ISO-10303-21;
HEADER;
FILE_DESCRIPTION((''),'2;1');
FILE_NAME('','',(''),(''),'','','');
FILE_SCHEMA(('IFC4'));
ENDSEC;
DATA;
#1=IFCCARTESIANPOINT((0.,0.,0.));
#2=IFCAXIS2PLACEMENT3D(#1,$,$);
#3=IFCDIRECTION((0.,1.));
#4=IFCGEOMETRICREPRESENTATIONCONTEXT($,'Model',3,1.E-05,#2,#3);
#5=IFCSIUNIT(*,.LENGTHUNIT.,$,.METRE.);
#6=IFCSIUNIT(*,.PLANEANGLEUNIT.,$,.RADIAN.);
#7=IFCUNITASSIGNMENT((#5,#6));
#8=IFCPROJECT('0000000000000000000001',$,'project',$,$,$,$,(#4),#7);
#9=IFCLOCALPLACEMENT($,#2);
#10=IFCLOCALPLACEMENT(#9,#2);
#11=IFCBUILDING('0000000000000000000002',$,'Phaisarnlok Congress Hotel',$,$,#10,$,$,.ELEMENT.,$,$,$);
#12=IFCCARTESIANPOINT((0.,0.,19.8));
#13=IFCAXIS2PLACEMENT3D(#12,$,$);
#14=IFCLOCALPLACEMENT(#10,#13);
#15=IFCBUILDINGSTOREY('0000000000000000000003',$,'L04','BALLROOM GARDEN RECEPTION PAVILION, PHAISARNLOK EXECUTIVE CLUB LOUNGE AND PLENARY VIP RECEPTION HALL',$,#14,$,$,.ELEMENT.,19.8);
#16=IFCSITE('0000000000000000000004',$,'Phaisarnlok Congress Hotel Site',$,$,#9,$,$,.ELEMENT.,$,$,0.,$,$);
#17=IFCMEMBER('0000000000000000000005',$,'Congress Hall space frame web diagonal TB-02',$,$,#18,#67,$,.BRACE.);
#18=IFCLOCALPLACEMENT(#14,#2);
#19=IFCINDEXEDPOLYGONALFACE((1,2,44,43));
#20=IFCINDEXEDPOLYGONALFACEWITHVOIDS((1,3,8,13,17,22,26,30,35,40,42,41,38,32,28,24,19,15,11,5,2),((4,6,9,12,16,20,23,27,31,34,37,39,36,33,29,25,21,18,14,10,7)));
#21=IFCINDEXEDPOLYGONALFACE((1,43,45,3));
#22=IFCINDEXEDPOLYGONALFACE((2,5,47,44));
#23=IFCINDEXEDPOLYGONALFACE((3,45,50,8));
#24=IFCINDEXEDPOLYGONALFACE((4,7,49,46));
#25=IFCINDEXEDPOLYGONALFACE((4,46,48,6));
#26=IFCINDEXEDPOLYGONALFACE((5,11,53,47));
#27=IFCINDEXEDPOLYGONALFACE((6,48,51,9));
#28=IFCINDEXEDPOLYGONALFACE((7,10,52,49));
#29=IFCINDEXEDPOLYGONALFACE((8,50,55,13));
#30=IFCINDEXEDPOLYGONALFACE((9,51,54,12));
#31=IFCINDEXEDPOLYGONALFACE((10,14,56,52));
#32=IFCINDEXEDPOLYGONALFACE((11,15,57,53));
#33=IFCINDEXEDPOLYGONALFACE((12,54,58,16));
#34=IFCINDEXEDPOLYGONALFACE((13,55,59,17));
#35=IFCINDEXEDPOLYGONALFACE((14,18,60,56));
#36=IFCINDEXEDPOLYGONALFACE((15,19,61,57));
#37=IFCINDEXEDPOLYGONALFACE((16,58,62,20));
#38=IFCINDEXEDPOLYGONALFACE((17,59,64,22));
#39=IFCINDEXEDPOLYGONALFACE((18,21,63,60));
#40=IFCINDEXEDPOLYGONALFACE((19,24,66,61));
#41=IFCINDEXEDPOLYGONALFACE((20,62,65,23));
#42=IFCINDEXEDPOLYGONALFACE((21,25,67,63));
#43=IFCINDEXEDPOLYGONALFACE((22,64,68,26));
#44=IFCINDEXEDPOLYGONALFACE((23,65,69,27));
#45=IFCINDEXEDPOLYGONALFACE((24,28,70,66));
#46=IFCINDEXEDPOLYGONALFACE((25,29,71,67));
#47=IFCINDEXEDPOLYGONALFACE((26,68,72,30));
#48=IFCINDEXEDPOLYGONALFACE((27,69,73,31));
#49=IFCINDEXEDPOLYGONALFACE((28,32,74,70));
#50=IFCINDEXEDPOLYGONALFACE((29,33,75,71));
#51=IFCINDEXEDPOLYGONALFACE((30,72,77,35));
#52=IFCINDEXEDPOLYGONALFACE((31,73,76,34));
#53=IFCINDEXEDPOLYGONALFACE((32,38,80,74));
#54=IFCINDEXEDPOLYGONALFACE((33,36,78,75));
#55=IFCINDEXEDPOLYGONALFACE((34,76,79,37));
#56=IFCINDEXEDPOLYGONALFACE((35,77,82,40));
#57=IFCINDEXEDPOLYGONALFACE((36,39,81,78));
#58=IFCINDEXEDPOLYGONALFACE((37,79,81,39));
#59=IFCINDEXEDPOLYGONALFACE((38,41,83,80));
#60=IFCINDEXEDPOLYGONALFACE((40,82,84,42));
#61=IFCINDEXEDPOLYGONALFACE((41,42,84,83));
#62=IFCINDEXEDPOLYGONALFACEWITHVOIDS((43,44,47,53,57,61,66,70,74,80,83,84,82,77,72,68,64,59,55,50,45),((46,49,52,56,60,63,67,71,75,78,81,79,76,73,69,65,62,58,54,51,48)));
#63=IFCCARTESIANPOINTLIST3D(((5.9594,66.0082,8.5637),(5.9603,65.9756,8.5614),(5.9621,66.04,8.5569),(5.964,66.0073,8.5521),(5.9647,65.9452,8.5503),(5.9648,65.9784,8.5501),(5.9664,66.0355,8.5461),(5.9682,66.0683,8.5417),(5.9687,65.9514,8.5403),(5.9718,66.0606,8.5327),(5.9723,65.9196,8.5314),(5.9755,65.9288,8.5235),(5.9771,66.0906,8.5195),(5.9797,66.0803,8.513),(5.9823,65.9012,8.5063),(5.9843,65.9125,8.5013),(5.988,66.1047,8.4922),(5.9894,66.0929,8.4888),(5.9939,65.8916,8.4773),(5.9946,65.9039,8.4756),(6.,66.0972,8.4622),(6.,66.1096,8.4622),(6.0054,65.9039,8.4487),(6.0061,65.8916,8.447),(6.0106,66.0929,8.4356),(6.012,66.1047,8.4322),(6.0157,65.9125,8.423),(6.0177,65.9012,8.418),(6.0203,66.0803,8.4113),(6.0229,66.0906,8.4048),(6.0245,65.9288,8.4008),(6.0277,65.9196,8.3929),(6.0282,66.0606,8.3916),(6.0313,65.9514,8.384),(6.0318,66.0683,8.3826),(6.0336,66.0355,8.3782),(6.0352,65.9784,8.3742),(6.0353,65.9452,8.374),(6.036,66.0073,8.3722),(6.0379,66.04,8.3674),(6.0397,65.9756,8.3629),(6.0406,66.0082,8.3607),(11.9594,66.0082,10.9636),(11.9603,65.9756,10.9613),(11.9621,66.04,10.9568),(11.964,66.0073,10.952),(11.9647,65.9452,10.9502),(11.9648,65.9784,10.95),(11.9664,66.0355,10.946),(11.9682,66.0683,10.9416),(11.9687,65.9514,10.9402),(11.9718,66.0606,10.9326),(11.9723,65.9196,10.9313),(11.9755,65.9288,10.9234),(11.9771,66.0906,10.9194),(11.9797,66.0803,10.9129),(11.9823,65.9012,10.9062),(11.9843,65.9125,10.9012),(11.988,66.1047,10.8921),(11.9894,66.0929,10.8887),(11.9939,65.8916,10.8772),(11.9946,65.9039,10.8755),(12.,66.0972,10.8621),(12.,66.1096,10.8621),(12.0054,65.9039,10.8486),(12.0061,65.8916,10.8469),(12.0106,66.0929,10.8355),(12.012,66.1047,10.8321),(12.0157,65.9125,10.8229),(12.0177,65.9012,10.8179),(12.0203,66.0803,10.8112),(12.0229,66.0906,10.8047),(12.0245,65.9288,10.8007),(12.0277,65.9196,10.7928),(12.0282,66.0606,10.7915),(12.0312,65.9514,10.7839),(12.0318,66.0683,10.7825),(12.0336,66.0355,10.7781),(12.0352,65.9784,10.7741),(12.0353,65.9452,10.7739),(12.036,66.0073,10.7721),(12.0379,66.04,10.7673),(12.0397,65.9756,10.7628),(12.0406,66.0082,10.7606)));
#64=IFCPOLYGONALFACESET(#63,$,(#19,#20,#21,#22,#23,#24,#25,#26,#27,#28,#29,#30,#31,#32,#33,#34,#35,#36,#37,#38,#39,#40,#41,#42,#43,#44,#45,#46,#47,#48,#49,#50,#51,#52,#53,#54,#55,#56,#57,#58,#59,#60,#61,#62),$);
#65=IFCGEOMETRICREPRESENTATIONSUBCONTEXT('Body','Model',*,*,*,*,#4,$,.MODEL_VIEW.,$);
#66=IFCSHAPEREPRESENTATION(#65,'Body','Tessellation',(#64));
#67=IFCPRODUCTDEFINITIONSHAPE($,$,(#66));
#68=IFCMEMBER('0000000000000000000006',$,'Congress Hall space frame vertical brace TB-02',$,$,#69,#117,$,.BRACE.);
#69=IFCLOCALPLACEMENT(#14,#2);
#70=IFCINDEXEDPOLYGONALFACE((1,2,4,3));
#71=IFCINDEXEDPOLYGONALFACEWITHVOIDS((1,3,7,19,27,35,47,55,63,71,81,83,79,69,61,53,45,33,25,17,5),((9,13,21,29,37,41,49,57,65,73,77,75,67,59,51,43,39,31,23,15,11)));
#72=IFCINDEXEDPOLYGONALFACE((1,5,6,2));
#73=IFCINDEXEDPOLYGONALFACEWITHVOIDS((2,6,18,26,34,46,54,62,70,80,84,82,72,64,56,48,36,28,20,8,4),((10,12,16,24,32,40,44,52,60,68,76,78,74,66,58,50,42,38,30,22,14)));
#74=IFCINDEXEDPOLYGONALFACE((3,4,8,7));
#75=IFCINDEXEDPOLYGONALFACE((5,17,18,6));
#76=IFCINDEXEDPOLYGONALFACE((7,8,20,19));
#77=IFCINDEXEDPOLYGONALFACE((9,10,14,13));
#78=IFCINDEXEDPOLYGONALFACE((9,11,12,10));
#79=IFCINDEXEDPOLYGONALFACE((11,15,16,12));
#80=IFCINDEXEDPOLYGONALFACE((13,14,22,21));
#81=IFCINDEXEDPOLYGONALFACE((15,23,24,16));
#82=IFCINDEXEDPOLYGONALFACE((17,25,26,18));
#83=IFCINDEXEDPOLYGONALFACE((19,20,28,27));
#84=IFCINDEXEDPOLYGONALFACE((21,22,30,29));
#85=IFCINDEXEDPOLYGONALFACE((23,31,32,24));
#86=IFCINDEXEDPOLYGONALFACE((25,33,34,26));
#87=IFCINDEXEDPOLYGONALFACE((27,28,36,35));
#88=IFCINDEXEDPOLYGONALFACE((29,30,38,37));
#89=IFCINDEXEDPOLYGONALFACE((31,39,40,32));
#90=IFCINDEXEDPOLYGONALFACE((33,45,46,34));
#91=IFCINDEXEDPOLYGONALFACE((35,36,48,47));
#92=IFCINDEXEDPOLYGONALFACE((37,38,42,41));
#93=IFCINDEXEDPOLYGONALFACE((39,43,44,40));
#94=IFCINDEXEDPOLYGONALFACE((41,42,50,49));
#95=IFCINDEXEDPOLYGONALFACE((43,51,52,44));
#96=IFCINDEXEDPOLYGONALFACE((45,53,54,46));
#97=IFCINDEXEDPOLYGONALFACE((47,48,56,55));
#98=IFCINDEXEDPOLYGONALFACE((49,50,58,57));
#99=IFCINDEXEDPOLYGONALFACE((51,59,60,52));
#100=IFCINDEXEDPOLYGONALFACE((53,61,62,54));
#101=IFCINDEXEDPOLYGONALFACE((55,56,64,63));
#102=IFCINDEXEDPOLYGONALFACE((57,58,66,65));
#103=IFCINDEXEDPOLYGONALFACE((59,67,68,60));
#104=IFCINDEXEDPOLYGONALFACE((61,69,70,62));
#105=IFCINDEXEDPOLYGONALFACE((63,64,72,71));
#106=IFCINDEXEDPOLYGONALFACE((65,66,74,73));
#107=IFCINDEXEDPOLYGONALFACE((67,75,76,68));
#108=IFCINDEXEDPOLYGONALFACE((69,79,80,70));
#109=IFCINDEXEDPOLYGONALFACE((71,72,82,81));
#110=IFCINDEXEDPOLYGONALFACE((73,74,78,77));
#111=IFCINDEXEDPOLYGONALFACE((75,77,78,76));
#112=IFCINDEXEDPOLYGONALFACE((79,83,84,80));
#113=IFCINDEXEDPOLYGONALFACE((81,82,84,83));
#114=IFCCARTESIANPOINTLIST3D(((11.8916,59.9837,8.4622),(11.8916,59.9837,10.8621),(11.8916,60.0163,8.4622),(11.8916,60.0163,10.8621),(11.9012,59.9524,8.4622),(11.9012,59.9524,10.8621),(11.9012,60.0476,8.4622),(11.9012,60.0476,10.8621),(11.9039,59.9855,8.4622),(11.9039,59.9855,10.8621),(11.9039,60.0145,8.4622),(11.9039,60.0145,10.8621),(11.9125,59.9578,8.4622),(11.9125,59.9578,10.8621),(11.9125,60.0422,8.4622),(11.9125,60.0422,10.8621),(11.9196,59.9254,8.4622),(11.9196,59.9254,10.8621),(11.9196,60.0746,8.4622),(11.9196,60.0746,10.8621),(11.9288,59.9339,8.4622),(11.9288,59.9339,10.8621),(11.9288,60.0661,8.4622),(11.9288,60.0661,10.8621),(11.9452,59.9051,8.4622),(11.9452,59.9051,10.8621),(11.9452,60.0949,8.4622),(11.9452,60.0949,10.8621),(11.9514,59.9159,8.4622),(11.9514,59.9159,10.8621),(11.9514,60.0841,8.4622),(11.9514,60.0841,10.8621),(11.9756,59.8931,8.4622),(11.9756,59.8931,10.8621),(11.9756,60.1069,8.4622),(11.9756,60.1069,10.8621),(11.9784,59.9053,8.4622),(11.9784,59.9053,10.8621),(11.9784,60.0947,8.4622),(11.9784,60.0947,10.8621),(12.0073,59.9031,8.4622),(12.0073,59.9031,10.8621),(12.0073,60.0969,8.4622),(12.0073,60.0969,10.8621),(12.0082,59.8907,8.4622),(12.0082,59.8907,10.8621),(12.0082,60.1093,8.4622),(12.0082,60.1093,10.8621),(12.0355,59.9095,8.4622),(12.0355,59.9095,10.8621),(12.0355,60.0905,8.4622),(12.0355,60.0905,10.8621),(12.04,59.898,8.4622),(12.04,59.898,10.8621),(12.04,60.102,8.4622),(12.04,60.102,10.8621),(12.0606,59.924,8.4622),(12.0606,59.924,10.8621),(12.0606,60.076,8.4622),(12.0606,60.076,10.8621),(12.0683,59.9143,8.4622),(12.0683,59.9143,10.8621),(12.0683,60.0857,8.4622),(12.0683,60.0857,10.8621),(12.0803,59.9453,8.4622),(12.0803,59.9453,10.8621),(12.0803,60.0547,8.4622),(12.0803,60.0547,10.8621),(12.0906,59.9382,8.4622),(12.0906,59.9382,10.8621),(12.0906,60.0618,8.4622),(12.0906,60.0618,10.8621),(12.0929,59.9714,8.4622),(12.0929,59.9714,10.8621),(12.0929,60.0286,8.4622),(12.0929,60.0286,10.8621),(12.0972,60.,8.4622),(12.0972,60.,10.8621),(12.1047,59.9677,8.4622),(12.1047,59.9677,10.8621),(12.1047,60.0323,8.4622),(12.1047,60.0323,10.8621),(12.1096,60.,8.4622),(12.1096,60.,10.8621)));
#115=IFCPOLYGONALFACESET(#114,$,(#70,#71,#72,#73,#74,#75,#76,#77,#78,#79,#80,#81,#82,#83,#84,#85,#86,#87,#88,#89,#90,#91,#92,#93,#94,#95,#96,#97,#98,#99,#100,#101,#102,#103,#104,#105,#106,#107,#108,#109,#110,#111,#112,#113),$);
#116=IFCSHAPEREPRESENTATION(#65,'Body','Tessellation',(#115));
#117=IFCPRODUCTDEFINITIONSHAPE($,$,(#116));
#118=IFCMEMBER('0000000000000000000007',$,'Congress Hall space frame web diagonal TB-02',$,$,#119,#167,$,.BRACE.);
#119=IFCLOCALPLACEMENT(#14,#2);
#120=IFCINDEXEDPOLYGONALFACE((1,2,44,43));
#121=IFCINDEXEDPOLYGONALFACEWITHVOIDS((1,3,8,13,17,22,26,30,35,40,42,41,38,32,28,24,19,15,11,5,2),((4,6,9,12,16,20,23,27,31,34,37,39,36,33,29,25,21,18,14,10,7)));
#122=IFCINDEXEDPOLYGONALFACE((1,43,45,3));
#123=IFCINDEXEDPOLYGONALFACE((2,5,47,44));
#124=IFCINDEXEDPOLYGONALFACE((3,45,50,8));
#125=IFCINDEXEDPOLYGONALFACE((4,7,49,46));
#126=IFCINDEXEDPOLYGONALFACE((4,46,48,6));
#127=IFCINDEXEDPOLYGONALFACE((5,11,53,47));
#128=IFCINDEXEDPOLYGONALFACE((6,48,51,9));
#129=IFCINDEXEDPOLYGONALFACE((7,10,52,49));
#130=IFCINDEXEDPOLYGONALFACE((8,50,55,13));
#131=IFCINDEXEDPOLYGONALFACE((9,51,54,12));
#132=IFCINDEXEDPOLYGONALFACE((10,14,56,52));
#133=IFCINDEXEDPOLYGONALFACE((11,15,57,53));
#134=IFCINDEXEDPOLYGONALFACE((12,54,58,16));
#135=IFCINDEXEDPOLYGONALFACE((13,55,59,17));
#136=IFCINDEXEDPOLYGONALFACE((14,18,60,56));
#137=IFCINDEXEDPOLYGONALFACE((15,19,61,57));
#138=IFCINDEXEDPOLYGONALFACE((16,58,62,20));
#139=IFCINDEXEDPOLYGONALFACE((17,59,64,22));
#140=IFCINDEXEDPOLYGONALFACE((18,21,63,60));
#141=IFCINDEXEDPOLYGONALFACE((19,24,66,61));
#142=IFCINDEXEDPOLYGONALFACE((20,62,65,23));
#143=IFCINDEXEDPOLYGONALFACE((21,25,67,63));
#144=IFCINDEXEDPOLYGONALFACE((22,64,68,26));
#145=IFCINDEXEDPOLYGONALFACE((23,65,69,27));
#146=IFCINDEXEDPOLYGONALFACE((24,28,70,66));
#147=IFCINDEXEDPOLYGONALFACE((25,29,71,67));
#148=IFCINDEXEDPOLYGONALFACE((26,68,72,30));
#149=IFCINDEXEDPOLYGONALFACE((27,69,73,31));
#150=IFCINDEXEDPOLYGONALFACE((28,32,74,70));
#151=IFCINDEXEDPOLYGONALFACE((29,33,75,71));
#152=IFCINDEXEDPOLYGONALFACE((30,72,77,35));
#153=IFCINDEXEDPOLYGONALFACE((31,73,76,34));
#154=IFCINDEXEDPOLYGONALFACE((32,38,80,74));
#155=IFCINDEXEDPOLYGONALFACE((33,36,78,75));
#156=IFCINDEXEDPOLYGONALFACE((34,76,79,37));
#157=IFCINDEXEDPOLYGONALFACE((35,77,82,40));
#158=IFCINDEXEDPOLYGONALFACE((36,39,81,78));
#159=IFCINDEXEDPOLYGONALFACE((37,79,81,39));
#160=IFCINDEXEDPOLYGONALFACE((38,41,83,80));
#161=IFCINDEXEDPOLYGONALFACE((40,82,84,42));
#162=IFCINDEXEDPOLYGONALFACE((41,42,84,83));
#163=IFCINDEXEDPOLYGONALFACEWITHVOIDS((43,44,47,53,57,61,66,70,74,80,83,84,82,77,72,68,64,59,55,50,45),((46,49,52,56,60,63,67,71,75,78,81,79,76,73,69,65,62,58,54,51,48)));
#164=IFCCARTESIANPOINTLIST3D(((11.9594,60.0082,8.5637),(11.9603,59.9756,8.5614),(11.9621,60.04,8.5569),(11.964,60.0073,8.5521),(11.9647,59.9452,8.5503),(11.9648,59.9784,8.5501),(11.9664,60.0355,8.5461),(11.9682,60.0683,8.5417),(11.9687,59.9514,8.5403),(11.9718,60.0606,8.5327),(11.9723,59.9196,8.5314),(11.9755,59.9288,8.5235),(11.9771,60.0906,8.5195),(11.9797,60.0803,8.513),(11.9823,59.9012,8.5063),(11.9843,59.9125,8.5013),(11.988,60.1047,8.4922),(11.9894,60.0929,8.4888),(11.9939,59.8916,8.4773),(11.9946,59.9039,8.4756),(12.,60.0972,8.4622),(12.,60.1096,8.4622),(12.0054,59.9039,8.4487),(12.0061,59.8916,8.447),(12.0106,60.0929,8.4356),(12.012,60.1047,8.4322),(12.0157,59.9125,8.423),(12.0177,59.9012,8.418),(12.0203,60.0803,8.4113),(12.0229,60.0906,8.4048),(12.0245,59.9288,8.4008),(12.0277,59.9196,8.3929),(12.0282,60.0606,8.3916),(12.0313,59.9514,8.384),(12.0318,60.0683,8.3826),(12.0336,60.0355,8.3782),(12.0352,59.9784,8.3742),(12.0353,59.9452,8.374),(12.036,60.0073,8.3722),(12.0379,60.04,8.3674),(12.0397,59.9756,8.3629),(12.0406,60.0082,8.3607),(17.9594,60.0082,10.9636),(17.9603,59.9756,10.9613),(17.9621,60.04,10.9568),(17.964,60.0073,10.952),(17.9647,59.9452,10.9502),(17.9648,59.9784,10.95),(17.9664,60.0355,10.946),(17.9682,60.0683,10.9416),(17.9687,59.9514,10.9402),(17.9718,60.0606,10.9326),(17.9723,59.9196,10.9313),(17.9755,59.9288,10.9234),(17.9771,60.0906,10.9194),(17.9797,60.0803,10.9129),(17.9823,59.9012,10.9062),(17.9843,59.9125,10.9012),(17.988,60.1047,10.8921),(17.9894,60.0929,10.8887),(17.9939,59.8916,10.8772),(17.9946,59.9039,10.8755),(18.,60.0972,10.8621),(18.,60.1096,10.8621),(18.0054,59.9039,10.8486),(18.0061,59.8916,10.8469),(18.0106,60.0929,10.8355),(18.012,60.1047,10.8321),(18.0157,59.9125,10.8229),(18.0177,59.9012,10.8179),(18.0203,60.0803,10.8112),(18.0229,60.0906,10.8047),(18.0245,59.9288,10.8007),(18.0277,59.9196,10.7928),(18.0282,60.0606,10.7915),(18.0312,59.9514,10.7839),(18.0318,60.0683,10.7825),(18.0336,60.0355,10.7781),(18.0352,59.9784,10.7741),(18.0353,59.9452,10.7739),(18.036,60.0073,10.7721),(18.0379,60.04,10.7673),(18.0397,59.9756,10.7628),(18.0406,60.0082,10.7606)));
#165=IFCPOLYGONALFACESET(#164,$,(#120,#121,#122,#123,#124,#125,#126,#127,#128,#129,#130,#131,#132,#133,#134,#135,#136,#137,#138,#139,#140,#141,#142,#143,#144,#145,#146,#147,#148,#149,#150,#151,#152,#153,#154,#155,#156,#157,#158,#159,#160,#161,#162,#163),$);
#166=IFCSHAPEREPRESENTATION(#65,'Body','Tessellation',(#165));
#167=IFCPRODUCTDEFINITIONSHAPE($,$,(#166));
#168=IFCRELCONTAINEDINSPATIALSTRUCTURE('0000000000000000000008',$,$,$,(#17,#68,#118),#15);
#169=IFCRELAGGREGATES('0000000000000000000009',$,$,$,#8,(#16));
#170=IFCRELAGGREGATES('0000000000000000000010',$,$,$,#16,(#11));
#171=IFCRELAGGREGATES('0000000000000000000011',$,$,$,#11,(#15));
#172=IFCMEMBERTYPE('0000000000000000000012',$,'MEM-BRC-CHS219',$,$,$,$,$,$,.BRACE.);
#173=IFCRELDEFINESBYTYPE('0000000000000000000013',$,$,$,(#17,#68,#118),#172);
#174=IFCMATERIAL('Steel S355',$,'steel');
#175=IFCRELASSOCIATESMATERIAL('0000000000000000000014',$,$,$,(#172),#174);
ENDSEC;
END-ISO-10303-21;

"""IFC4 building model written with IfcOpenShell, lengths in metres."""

from ifc_helpers import new_model, si_unit, direction, frame, origin, origin_2d, place, context, subcontext, project, spatial, hollow_circle, extrude, material, material_profile, profile_set, type_object, element, save


model = new_model("IFC4")

# Units and contexts
model_context = context("Model", 3, precision=1e-05, world=origin(), true_north=direction((0.0, 1.0)))
body_context = subcontext(model_context, "Body", "Model", "MODEL_VIEW")
ifc_project = project(units=[si_unit("LENGTHUNIT", "METRE"), si_unit("PLANEANGLEUNIT", "RADIAN")], contexts=[model_context])

# Site, building, storey
site_placement = place(None, origin())
site = spatial("IfcSite", under=ifc_project, at=site_placement, Name="Phaisarnlok Congress Hotel Site", CompositionType="ELEMENT", RefElevation=0.0)
building_placement = place(site_placement, origin())
building = spatial("IfcBuilding", under=site, at=building_placement, Name="Phaisarnlok Congress Hotel", CompositionType="ELEMENT")
storey_placement = place(building_placement, frame((0.0, 0.0, 19.8)))
storey = spatial("IfcBuildingStorey", under=building, at=storey_placement, Name="L04", Description="BALLROOM GARDEN RECEPTION PAVILION, PHAISARNLOK EXECUTIVE CLUB LOUNGE AND PLENARY VIP RECEPTION HALL", CompositionType="ELEMENT", Elevation=19.8)

# Members
ifc_material = material(Name="Steel S355", Category="steel")
ifc_material_profile_1 = material_profile(ifc_material, hollow_circle(Radius=0.1096, WallThickness=0.0125, at=origin_2d()), Name="CHS 219.1x12.5")
ifc_profile_set_1 = profile_set([ifc_material_profile_1], Name="Steel S355")
member_type_1 = type_object("IfcMemberType", Name="MEM-BRC-CHS219", PredefinedType="BRACE", material=ifc_profile_set_1)
member_1_placement = place(storey_placement, frame((6.0, 66.0, 8.4622), z_axis=(0.928482, 0.0, 0.371378), x_axis=(0.0, 1.0, 0.0)))
element("IfcMember", 1, at=member_1_placement, inside=storey, type_object=member_type_1, Name="Congress Hall space frame web diagonal TB-02", PredefinedType="BRACE", context=body_context, shape_type="SweptSolid", body=[
    extrude(hollow_circle(Radius=0.1096, WallThickness=0.0125, at=origin_2d()), origin(), (0.0, 0.0, 1.0), 6.4622),
])
member_2_placement = place(storey_placement, frame((12.0, 60.0, 8.4622), z_axis=(0.0, 0.0, 1.0), x_axis=(1.0, 0.0, 0.0)))
element("IfcMember", 2, at=member_2_placement, inside=storey, type_object=member_type_1, Name="Congress Hall space frame vertical brace TB-02", PredefinedType="BRACE", context=body_context, shape_type="SweptSolid", body=[
    extrude(hollow_circle(Radius=0.1096, WallThickness=0.0125, at=origin_2d()), origin(), (0.0, 0.0, 1.0), 2.3999),
])
member_3_placement = place(storey_placement, frame((12.0, 60.0, 8.4622), z_axis=(0.928482, 0.0, 0.371378), x_axis=(0.0, 1.0, 0.0)))
element("IfcMember", 3, at=member_3_placement, inside=storey, type_object=member_type_1, Name="Congress Hall space frame web diagonal TB-02", PredefinedType="BRACE", context=body_context, shape_type="SweptSolid", body=[
    extrude(hollow_circle(Radius=0.1096, WallThickness=0.0125, at=origin_2d()), origin(), (0.0, 0.0, 1.0), 6.4622),
])

save(model, "model.ifc")
